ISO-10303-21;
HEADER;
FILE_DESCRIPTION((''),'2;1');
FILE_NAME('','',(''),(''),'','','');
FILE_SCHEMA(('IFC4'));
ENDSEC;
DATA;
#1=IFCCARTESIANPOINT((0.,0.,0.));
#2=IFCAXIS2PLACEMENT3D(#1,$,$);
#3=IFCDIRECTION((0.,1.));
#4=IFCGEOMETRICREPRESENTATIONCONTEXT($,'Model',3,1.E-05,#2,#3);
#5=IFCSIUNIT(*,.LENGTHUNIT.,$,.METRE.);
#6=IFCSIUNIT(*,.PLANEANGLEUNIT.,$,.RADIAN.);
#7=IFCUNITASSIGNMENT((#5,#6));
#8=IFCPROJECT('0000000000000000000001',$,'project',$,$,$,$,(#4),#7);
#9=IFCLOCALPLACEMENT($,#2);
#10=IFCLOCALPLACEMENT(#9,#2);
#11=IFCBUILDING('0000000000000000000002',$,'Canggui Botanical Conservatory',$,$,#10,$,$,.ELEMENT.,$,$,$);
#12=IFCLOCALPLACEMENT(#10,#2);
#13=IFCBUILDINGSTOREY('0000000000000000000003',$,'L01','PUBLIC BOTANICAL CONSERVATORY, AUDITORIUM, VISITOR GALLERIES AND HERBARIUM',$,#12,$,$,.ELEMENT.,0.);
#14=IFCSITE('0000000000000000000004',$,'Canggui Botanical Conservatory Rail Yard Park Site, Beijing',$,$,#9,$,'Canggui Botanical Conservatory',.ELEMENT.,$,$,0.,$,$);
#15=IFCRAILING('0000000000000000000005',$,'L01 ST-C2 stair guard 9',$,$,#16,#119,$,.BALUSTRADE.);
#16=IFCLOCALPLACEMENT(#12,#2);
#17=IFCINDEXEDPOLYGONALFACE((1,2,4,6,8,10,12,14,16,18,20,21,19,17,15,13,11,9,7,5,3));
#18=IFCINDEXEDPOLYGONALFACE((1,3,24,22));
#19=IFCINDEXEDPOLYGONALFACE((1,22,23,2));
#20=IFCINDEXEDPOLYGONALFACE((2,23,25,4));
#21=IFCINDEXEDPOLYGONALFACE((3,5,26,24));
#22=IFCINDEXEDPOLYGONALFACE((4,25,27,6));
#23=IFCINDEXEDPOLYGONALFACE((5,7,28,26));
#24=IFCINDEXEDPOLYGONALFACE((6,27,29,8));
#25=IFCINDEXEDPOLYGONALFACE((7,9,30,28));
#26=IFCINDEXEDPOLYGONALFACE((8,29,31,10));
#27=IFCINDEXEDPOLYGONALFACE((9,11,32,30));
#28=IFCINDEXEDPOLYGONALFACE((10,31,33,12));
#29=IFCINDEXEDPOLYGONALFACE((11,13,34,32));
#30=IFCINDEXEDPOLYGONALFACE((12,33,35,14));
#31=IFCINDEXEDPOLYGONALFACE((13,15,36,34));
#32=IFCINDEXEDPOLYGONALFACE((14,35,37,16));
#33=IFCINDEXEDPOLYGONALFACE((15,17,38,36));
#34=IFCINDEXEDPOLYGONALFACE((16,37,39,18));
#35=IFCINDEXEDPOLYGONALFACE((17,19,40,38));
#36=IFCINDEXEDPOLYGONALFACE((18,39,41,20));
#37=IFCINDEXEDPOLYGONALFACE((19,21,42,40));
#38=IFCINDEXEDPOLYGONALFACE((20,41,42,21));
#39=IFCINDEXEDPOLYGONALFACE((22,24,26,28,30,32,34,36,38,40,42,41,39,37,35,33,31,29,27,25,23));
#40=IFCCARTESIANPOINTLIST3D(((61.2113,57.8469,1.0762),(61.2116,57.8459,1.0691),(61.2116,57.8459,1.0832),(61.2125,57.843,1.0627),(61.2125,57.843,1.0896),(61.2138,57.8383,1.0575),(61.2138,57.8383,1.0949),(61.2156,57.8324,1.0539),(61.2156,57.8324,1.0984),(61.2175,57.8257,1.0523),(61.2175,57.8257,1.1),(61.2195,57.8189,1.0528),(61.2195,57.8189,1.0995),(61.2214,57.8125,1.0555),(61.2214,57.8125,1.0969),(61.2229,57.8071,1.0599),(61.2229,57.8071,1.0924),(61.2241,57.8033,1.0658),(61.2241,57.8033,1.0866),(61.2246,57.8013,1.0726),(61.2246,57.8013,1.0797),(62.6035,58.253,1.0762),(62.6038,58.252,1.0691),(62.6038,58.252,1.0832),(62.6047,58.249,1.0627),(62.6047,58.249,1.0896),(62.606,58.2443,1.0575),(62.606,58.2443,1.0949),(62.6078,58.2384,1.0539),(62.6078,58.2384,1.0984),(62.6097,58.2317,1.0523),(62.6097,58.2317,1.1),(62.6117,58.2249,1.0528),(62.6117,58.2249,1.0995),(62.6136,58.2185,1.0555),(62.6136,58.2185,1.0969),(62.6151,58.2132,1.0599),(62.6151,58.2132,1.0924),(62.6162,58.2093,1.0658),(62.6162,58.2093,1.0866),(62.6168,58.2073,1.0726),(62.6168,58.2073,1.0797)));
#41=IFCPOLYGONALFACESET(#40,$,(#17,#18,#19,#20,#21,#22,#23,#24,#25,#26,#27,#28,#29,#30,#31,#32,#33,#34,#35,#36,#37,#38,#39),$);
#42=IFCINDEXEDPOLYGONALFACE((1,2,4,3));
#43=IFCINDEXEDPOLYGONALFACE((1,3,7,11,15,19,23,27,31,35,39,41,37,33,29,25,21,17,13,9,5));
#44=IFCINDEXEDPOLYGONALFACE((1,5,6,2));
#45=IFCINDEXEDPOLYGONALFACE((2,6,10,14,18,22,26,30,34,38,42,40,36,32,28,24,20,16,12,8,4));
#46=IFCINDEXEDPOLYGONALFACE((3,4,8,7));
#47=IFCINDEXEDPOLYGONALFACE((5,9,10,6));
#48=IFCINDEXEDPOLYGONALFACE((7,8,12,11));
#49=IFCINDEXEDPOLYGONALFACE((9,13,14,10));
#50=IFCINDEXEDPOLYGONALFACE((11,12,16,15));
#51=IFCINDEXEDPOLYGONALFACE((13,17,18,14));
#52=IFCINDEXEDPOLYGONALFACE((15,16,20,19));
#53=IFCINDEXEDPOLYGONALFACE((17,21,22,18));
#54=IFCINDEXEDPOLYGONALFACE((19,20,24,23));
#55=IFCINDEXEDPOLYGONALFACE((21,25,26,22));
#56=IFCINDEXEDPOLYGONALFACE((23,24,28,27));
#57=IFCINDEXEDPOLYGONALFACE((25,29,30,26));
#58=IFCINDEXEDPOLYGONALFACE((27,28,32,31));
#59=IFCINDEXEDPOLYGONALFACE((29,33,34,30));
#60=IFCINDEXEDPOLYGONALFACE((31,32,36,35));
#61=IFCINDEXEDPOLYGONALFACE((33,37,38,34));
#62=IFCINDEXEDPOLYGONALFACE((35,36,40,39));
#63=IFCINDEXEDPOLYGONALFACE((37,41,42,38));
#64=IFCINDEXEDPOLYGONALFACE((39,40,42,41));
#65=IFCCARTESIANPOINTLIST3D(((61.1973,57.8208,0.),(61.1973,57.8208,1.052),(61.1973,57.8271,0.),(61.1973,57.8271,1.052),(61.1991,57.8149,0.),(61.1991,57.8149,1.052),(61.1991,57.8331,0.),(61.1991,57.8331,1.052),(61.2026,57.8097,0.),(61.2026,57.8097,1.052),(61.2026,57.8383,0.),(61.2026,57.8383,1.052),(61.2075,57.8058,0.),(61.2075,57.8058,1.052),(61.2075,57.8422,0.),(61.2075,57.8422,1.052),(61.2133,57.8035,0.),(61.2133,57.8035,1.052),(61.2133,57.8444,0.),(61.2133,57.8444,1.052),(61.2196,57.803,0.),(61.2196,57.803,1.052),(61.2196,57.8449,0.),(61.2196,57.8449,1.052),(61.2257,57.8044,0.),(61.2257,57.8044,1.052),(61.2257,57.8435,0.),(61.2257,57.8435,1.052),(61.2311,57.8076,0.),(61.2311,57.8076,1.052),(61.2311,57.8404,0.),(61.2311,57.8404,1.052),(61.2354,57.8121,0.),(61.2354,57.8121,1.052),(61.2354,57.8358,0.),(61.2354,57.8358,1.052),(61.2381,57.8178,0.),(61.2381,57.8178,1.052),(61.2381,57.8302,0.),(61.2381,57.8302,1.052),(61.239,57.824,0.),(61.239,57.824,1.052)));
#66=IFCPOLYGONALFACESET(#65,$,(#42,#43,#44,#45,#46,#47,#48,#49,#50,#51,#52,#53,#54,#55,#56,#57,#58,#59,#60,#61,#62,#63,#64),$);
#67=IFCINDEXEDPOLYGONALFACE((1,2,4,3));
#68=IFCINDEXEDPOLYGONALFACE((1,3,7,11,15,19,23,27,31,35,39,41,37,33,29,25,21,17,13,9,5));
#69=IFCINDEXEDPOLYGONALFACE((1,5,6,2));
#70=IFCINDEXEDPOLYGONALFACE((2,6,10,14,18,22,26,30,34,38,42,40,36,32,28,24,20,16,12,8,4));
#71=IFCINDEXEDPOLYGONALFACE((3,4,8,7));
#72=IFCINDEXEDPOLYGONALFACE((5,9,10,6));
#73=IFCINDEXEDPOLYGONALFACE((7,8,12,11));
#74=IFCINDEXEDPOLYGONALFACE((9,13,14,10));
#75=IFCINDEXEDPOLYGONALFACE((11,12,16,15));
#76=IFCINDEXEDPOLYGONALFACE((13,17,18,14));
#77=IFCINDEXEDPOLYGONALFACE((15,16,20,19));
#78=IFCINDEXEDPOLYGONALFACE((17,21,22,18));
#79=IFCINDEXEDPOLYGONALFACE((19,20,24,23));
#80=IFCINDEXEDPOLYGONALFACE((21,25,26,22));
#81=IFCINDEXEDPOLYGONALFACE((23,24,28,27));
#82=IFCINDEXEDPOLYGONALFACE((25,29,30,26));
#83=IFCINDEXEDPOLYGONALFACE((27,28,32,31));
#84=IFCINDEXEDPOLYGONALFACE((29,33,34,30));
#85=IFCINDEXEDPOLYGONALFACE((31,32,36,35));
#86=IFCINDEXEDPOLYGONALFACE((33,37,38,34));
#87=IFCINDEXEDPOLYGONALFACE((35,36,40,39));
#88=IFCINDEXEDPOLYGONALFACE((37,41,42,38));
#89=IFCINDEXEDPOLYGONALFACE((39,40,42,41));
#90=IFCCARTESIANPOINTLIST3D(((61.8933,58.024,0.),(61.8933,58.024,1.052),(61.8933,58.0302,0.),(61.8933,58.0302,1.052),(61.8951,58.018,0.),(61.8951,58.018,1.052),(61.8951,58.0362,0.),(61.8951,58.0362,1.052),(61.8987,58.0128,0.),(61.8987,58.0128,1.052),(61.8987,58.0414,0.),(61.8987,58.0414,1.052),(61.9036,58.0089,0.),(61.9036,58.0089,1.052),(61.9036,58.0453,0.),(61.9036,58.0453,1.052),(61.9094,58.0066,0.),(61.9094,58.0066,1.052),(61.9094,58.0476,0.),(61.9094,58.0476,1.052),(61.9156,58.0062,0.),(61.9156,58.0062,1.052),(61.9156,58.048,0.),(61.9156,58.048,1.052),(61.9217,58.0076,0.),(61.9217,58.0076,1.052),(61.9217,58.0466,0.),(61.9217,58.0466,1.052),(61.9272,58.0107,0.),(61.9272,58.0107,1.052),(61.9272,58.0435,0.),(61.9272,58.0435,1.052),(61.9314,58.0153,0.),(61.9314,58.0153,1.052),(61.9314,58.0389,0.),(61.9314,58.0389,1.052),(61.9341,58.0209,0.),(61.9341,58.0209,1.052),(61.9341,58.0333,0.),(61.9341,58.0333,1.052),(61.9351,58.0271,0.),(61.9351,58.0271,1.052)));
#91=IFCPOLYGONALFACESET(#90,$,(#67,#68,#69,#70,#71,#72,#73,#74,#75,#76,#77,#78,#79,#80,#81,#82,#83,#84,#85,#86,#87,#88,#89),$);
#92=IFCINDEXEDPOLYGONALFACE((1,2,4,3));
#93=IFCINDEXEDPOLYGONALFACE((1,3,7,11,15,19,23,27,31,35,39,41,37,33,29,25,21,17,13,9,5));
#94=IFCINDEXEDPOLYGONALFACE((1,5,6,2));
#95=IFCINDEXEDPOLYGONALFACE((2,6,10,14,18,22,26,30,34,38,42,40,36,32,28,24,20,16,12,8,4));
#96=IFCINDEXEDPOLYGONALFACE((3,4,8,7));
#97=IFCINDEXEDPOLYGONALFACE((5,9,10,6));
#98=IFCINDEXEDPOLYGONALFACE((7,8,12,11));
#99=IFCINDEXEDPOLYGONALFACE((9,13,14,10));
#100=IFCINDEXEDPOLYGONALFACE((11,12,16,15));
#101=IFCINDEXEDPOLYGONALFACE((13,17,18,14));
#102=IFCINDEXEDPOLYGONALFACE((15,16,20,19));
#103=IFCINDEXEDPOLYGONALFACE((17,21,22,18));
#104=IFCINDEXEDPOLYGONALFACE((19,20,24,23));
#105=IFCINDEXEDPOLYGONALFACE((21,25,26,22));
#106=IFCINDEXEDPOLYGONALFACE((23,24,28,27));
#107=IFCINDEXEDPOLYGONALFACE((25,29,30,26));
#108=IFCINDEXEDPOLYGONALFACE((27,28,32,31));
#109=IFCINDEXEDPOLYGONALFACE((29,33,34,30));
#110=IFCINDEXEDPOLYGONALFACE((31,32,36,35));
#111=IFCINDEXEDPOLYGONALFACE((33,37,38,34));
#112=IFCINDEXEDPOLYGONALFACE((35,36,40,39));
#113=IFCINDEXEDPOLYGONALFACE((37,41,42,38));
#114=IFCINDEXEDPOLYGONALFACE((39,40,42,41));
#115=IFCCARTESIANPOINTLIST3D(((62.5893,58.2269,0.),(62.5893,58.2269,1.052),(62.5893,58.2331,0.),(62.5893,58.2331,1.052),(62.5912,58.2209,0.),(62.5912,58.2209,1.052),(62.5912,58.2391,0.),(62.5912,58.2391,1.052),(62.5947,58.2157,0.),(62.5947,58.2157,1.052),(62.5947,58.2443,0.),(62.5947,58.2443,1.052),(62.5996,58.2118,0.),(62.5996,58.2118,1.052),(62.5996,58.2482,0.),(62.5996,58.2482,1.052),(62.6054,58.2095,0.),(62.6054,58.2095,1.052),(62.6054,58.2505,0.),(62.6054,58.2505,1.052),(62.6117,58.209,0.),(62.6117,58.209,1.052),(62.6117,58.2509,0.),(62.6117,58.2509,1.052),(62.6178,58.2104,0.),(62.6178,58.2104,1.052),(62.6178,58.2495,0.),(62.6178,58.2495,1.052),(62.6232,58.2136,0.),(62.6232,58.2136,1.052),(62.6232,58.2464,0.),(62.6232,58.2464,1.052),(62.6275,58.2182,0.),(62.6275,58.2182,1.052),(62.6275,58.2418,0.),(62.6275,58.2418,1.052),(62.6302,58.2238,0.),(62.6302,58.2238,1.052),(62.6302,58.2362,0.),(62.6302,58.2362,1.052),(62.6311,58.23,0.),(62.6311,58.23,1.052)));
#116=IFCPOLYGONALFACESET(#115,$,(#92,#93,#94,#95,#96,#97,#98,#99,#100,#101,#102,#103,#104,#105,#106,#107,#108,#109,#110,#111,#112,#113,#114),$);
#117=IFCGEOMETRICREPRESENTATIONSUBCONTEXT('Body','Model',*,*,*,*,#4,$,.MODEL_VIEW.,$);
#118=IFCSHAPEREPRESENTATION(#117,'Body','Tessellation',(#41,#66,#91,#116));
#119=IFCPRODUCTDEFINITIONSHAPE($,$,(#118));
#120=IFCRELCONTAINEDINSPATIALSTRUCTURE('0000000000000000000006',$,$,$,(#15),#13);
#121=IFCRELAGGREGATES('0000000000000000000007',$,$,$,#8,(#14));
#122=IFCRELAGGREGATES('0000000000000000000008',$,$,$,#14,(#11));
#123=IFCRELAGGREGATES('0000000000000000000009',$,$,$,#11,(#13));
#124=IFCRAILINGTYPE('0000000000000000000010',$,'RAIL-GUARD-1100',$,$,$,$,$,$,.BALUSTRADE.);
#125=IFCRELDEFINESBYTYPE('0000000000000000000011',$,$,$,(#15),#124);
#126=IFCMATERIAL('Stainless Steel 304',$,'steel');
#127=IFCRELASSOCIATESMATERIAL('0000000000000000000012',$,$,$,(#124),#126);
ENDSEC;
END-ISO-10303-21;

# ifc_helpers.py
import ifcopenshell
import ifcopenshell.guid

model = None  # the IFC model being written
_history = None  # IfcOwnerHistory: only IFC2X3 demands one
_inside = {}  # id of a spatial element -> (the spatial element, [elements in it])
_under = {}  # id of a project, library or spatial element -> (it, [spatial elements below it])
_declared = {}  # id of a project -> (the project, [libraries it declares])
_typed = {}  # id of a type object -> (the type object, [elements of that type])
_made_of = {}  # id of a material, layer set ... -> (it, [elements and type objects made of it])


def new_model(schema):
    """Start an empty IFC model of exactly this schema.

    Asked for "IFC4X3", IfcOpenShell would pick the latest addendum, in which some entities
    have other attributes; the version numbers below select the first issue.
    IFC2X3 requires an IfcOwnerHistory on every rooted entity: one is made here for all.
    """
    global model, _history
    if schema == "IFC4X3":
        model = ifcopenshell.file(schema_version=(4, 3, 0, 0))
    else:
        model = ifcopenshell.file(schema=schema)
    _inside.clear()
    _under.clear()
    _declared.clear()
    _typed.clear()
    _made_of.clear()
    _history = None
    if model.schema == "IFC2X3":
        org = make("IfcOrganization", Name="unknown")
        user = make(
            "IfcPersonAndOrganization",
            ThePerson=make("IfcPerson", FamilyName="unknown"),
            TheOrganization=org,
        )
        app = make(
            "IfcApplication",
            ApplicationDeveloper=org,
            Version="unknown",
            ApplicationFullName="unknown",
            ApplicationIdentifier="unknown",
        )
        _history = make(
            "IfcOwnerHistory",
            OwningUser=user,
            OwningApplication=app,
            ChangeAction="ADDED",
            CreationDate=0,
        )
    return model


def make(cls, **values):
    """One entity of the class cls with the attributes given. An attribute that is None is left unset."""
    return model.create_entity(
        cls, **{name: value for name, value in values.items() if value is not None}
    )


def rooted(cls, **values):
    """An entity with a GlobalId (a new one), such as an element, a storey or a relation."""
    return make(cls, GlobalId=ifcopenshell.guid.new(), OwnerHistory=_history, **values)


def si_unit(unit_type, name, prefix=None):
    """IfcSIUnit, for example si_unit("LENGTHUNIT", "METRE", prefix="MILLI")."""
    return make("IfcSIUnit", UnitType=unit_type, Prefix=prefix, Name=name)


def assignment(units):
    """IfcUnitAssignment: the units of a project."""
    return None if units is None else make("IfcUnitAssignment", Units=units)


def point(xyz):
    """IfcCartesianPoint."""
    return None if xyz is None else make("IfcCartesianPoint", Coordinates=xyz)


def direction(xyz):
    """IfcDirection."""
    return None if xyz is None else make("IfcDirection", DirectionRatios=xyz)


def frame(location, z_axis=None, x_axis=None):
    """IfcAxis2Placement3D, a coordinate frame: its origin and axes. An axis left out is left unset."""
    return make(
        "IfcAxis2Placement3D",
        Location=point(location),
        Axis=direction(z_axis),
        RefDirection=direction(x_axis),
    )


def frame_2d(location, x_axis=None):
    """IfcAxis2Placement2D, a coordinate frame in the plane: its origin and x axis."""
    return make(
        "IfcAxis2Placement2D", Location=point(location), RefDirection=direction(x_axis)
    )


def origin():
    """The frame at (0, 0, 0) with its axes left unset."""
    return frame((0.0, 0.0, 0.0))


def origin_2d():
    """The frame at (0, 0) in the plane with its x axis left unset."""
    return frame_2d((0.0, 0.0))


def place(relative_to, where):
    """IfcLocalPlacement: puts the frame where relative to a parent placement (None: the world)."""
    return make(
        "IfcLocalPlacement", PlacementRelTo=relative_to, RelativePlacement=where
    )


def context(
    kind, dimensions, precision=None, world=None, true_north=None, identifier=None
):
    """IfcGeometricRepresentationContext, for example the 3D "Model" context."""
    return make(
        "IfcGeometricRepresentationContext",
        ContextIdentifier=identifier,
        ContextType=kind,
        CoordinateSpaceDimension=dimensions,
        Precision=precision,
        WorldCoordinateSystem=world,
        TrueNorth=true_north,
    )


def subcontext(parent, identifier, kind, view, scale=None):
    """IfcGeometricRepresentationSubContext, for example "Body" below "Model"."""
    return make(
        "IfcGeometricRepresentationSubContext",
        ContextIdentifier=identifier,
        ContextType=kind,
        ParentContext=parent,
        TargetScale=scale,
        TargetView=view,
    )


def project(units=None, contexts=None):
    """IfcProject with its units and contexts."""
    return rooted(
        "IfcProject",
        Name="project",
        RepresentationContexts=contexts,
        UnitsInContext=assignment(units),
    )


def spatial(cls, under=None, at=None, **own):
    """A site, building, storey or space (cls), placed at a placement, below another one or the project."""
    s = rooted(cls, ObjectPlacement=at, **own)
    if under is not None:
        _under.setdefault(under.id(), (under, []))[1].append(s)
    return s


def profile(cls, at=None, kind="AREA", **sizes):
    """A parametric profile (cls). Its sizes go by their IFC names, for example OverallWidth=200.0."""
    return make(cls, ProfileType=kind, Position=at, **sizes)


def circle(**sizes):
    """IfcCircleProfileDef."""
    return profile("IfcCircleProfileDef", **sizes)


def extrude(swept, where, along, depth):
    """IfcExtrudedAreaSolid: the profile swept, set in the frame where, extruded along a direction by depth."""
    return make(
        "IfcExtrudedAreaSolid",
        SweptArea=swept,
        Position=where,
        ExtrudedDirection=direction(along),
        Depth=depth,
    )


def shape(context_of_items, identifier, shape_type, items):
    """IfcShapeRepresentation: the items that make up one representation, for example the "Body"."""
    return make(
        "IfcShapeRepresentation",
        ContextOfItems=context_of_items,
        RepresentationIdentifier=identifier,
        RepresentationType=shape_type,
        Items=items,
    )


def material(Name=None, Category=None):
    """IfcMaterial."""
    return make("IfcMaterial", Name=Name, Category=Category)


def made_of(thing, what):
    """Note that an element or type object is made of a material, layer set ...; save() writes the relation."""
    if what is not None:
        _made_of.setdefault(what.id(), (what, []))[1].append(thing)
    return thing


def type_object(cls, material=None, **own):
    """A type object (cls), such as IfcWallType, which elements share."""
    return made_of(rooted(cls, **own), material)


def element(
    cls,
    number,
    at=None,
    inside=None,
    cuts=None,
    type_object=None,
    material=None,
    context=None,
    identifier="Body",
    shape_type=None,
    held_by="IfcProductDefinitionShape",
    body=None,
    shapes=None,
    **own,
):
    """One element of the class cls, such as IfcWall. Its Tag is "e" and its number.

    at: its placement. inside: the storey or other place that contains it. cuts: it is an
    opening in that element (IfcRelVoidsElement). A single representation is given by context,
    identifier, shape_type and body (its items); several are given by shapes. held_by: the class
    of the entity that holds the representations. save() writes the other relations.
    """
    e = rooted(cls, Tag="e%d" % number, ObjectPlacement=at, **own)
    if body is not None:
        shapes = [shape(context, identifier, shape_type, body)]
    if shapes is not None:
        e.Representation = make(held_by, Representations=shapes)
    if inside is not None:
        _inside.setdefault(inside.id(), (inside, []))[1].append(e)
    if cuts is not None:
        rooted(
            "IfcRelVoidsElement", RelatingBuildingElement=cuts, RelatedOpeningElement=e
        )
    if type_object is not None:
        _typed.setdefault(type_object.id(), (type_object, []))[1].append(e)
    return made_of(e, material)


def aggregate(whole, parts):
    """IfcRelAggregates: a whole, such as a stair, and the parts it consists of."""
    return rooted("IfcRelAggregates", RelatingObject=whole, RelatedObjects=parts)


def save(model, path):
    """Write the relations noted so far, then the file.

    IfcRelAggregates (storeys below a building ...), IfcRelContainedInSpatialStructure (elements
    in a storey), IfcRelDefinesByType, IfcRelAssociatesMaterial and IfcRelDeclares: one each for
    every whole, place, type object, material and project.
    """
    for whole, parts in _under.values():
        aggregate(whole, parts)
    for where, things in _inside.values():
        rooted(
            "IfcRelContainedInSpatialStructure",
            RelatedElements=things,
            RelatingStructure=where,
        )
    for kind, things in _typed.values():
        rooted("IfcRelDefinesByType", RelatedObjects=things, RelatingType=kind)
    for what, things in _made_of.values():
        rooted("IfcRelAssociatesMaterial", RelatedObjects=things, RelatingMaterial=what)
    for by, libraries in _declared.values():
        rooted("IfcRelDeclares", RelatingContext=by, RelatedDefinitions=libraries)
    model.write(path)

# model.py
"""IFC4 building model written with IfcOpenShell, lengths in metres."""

from ifc_helpers import new_model, si_unit, direction, frame, origin, origin_2d, place, context, subcontext, project, spatial, circle, extrude, material, type_object, element, save


model = new_model("IFC4")

# Units and contexts
model_context = context("Model", 3, precision=1e-05, world=origin(), true_north=direction((0.0, 1.0)))
body_context = subcontext(model_context, "Body", "Model", "MODEL_VIEW")
ifc_project = project(units=[si_unit("LENGTHUNIT", "METRE"), si_unit("PLANEANGLEUNIT", "RADIAN")], contexts=[model_context])

# Site, building, storey
site_placement = place(None, origin())
site = spatial("IfcSite", under=ifc_project, at=site_placement, Name="Canggui Botanical Conservatory Rail Yard Park Site, Beijing", LongName="Canggui Botanical Conservatory", CompositionType="ELEMENT", RefElevation=0.0)
building_placement = place(site_placement, origin())
building = spatial("IfcBuilding", under=site, at=building_placement, Name="Canggui Botanical Conservatory", CompositionType="ELEMENT")
storey_placement = place(building_placement, origin())
storey = spatial("IfcBuildingStorey", under=building, at=storey_placement, Name="L01", Description="PUBLIC BOTANICAL CONSERVATORY, AUDITORIUM, VISITOR GALLERIES AND HERBARIUM", CompositionType="ELEMENT", Elevation=0.0)

# Railing
ifc_material_1 = material(Name="Stainless Steel 304", Category="steel")
railing_type = type_object("IfcRailingType", Name="RAIL-GUARD-1100", PredefinedType="BALUSTRADE", material=ifc_material_1)
railing_1_placement = place(storey_placement, frame((61.218, 57.824, 0.0)))
element("IfcRailing", 1, at=railing_1_placement, inside=storey, type_object=railing_type, Name="L01 ST-C2 stair guard 9", PredefinedType="BALUSTRADE", context=body_context, shape_type="SweptSolid", body=[
    extrude(circle(Radius=0.0239, at=origin_2d()), frame((0.0, 0.0, 1.0762), z_axis=(0.960004, 0.279987, 0.0), x_axis=(-0.279987, 0.960004, 0.0)), (0.0, 0.0, 1.0), 1.4502),
    extrude(circle(Radius=0.021, at=origin_2d()), origin(), (0.0, 0.0, 1.0), 1.052),
    extrude(circle(Radius=0.021, at=origin_2d()), frame((0.696, 0.2031, 0.0)), (0.0, 0.0, 1.0), 1.052),
    extrude(circle(Radius=0.021, at=origin_2d()), frame((1.3921, 0.406, 0.0)), (0.0, 0.0, 1.0), 1.052),
])

save(model, "model.ifc")
